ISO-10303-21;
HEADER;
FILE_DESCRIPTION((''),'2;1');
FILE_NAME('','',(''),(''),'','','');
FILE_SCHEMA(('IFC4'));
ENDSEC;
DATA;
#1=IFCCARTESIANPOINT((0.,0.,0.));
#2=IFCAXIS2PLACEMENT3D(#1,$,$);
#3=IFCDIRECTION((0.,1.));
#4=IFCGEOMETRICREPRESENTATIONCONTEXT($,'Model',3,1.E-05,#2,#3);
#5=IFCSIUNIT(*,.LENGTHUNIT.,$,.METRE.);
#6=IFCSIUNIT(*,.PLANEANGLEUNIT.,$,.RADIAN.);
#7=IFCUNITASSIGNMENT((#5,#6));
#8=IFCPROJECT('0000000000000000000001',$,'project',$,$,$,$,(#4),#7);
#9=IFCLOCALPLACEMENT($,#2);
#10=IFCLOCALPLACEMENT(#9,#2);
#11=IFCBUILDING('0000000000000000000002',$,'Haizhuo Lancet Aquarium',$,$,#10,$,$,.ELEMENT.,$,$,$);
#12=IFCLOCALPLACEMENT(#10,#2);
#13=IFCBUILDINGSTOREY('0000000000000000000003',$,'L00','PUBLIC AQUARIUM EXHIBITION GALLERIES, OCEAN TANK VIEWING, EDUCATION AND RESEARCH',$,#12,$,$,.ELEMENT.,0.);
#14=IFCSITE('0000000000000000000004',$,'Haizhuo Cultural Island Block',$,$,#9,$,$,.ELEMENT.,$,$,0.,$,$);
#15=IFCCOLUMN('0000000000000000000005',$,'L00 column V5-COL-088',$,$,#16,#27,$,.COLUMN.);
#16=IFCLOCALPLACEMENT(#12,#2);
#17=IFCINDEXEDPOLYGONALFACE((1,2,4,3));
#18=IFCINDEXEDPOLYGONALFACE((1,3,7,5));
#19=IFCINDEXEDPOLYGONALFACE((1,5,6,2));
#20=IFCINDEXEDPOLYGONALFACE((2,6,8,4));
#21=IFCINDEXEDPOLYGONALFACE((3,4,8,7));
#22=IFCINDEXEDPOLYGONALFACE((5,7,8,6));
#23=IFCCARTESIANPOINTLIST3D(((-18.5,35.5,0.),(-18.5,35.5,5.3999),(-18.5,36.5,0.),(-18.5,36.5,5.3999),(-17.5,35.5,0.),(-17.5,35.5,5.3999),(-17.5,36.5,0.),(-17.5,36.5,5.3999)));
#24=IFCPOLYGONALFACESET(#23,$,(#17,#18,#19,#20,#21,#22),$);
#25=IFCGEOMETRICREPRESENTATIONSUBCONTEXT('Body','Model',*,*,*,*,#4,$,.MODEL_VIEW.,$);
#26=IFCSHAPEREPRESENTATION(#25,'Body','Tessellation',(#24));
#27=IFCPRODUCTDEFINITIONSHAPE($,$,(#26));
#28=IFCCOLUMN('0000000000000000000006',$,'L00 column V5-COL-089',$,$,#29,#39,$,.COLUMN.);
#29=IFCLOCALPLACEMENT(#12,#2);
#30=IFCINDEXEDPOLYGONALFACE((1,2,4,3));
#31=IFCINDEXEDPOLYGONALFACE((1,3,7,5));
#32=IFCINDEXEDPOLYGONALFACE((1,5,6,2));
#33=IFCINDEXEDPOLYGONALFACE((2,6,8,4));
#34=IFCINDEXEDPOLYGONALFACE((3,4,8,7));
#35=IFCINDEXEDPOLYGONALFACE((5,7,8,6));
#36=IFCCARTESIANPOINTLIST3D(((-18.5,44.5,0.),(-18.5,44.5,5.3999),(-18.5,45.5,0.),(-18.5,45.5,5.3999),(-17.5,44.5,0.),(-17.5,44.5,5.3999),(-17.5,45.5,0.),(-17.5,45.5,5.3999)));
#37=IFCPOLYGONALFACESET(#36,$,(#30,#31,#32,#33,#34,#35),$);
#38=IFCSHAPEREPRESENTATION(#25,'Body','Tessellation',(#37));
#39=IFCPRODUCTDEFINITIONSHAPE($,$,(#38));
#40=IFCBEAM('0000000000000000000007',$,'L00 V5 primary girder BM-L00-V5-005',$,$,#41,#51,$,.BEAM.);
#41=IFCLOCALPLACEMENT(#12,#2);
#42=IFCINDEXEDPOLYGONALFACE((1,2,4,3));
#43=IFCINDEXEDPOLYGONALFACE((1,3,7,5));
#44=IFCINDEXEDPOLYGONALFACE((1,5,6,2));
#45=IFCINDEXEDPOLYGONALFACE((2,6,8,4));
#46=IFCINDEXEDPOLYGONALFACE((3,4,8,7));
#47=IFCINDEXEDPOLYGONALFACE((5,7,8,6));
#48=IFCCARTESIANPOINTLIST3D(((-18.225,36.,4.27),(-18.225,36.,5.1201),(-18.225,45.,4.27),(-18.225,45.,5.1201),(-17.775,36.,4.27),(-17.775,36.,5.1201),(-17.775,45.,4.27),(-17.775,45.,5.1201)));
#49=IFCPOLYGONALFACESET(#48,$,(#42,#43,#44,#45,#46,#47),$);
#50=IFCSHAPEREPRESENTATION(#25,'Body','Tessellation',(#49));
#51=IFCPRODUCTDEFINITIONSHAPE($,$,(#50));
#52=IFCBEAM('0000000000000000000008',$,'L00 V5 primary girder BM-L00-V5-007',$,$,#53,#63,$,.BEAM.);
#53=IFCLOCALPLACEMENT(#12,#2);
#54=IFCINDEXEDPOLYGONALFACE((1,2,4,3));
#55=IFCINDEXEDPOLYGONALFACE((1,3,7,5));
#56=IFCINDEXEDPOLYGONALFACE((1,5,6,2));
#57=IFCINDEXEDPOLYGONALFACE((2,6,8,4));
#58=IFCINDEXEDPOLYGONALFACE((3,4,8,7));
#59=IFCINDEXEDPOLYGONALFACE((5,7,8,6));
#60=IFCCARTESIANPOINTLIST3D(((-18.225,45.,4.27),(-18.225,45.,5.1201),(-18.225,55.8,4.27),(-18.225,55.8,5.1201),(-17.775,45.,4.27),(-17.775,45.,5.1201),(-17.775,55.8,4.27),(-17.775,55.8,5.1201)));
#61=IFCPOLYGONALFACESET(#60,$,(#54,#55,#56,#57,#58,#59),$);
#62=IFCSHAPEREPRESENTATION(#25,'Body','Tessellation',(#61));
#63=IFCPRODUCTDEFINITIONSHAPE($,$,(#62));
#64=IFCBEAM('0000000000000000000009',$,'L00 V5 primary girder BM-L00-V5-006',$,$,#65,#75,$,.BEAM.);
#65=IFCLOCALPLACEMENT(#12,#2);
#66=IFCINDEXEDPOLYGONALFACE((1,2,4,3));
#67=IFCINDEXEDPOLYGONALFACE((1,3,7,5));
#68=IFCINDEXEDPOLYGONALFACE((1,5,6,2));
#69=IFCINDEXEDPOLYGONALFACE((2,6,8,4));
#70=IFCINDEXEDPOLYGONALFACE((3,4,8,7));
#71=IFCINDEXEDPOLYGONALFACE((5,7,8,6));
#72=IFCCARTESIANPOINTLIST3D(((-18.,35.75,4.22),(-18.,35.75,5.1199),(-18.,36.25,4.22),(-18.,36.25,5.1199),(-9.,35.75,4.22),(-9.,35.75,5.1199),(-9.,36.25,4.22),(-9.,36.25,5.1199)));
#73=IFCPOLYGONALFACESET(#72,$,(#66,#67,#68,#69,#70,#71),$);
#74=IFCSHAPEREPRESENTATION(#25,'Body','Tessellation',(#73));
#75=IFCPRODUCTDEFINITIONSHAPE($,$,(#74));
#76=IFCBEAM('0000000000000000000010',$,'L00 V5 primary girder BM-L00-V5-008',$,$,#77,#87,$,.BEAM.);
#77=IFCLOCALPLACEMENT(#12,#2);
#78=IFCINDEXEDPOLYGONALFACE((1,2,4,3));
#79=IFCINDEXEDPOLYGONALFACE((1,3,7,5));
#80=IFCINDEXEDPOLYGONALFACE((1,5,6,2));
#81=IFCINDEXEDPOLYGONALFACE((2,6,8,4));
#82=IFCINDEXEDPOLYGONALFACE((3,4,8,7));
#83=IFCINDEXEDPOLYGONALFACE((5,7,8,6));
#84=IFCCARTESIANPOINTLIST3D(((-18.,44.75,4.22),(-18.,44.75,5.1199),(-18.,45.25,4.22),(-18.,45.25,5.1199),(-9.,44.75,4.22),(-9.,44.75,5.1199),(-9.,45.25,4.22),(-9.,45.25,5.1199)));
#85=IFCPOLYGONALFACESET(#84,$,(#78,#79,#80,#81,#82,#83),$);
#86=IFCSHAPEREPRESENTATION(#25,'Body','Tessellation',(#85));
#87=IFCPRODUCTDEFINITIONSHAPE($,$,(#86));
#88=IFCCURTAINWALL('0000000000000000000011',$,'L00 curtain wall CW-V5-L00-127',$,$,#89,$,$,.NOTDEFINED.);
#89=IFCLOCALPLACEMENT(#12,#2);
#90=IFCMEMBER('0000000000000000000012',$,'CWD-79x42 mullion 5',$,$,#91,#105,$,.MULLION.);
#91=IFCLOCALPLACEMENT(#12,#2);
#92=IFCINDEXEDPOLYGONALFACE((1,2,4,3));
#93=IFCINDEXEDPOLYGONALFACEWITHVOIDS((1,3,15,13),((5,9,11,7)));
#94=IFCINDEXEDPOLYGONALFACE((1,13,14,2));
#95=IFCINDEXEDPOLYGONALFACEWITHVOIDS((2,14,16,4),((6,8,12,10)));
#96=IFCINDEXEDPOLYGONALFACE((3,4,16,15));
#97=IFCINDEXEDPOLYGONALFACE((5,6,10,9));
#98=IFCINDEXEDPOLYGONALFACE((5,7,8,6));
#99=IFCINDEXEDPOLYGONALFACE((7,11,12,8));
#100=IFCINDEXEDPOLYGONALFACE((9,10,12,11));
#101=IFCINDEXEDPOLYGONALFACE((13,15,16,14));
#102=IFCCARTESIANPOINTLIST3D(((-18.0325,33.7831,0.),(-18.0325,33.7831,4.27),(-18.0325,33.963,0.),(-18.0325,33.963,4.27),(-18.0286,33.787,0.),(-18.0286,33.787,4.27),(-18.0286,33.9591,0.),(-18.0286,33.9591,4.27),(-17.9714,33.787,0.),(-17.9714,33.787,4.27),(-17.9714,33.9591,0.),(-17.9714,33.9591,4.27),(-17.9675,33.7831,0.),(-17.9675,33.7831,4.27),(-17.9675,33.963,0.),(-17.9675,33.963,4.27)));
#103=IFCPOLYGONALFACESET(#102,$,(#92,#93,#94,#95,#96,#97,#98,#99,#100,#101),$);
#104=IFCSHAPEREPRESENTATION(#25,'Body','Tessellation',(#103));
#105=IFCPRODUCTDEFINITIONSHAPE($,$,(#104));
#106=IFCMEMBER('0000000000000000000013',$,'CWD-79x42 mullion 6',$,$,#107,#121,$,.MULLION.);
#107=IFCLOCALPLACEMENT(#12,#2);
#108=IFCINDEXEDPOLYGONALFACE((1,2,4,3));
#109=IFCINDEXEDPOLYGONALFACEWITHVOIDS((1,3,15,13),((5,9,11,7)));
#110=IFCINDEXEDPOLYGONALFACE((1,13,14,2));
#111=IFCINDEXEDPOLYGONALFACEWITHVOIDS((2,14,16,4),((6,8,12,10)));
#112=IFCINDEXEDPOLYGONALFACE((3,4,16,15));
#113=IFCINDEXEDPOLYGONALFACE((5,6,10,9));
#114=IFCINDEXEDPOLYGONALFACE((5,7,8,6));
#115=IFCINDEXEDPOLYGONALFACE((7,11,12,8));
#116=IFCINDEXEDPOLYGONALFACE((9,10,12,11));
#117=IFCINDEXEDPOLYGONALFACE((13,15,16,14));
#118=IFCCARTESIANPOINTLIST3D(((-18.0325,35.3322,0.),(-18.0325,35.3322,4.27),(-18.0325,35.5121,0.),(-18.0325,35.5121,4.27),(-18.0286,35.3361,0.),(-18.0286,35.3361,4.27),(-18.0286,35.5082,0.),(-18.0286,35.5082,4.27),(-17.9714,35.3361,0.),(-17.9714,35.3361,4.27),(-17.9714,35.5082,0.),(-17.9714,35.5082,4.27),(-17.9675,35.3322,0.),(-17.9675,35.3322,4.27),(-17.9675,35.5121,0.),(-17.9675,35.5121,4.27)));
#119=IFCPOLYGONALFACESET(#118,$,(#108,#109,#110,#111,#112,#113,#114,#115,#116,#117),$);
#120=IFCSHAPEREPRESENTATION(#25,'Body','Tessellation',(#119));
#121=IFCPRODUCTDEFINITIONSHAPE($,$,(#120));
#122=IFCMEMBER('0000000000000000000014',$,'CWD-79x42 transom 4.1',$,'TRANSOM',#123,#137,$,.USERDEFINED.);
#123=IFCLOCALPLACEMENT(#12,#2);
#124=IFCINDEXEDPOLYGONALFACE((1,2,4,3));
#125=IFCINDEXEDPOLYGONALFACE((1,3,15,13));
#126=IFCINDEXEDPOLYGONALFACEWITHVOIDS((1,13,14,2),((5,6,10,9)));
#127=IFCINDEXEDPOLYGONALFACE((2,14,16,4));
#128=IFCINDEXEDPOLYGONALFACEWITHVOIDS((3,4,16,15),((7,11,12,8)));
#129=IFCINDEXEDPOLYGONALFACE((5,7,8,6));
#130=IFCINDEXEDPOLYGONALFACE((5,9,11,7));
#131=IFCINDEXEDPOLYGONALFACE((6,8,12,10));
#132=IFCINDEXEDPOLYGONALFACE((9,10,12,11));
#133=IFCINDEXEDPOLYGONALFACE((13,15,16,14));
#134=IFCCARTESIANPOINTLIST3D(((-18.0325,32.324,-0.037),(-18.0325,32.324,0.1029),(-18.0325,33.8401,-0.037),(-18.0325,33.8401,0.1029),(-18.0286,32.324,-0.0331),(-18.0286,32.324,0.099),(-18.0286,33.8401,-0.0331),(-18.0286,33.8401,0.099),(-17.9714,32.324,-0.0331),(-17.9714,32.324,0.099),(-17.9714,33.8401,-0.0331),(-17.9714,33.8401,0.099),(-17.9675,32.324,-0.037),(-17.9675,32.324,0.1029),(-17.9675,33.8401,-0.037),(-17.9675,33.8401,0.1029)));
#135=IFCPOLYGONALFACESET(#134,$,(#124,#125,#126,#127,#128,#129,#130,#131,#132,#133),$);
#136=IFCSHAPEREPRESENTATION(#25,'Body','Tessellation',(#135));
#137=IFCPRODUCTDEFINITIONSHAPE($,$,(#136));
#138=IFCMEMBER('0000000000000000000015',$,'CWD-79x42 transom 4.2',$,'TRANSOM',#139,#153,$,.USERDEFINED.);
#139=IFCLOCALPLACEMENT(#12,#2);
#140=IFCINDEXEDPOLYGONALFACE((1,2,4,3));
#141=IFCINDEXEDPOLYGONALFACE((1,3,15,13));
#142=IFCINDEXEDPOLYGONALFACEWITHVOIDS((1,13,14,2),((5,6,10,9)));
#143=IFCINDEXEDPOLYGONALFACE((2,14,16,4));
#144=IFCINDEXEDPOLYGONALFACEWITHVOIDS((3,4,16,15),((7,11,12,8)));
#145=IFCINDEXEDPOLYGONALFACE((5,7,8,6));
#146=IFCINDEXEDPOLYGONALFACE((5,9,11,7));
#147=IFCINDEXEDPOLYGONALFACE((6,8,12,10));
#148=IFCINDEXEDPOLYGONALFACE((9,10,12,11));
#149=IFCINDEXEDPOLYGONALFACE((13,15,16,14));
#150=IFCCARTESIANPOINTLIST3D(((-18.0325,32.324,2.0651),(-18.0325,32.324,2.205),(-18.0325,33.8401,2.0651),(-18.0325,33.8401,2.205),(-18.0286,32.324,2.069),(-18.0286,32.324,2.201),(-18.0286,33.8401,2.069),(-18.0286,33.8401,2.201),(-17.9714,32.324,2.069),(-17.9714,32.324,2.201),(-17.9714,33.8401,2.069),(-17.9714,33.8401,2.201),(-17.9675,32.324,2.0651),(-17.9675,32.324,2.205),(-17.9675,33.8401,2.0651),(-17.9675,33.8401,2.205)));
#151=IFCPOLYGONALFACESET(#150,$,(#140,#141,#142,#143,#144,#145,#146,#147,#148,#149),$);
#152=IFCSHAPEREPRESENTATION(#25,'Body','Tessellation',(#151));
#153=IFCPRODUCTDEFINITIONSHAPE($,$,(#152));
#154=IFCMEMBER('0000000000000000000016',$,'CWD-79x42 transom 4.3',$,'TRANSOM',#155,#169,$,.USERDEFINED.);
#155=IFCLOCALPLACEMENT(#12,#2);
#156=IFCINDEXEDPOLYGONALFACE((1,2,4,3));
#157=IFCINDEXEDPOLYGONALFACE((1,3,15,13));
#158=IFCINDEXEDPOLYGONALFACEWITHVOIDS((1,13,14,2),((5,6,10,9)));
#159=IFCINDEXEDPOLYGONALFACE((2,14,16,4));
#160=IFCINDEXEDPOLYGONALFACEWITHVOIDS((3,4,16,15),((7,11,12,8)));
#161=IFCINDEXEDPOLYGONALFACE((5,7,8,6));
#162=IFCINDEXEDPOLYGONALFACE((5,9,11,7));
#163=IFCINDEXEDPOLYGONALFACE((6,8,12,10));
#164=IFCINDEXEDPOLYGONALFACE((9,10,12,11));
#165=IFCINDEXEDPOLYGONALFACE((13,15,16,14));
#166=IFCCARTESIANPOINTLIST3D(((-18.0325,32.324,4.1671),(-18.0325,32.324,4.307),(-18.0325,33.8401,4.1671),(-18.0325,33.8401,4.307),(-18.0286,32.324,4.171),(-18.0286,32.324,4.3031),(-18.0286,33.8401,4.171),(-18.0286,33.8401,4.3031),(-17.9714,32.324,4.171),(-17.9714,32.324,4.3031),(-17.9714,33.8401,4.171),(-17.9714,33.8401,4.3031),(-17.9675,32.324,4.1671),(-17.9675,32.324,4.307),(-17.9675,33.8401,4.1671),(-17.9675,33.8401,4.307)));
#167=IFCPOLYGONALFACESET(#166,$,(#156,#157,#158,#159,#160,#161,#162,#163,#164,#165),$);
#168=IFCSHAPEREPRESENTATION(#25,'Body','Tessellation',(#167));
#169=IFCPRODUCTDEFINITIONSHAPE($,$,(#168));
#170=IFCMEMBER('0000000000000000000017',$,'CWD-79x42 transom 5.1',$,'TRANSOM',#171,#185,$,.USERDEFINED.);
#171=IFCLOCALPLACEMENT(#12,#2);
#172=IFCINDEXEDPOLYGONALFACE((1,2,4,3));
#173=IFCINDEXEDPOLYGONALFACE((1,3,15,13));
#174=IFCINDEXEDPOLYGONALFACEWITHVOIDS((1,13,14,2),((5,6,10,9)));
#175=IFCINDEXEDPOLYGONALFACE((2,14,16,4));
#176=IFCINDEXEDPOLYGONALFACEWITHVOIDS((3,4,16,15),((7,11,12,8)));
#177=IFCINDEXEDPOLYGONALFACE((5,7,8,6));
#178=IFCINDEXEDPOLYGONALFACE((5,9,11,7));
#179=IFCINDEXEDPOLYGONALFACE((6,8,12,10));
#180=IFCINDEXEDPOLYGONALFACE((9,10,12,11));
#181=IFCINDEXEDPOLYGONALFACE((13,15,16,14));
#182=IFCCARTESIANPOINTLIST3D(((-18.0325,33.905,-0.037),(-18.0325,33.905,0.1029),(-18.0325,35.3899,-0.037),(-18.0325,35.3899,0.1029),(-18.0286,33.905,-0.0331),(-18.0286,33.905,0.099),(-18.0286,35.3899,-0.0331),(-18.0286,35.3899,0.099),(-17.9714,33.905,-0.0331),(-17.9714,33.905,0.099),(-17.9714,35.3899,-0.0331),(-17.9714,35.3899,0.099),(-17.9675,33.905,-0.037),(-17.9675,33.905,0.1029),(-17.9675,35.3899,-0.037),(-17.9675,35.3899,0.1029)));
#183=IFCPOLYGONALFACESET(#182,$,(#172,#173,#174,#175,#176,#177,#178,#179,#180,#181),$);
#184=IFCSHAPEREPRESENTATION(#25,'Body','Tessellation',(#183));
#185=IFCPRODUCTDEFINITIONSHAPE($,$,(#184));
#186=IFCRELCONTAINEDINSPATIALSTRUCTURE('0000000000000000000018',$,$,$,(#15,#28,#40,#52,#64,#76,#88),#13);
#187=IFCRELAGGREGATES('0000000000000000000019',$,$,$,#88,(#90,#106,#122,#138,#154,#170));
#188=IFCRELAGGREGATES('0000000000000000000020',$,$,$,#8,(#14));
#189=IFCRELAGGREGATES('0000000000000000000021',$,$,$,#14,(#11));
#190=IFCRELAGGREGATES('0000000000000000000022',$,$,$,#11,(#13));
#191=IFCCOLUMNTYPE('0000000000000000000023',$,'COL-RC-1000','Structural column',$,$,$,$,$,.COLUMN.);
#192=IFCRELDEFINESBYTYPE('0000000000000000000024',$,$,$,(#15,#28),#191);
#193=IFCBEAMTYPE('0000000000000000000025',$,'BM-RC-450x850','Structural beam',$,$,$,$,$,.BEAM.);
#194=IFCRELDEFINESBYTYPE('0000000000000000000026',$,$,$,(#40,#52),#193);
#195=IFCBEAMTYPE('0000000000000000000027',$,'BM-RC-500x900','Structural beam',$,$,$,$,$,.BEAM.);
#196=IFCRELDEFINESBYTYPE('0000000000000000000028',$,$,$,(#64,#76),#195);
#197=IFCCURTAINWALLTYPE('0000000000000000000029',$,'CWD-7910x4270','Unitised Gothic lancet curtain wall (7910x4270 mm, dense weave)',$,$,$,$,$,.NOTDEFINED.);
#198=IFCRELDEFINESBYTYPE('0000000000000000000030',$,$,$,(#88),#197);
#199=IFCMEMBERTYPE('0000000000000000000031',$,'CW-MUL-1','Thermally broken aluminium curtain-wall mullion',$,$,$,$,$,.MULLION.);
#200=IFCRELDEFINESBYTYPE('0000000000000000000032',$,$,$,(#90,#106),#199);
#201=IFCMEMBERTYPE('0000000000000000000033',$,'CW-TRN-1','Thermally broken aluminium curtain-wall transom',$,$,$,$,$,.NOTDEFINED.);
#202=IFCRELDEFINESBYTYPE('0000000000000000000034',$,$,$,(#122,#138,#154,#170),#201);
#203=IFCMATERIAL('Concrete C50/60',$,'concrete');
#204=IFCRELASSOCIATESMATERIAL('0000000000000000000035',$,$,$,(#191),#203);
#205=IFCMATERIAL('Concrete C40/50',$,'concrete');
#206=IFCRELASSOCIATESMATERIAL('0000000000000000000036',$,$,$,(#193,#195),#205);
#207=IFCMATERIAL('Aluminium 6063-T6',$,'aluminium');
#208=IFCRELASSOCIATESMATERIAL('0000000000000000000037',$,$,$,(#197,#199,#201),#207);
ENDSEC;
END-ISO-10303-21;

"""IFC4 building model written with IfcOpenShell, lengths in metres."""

from ifc_helpers import new_model, si_unit, direction, frame, origin, origin_2d, place, context, subcontext, project, spatial, rectangle, hollow_rectangle, extrude, material, material_profile, profile_set, type_object, element, aggregate, save


model = new_model("IFC4")

# Units and contexts
model_context = context("Model", 3, precision=1e-05, world=origin(), true_north=direction((0.0, 1.0)))
body_context = subcontext(model_context, "Body", "Model", "MODEL_VIEW")
ifc_project = project(units=[si_unit("LENGTHUNIT", "METRE"), si_unit("PLANEANGLEUNIT", "RADIAN")], contexts=[model_context])

# Site, building, storey
site_placement = place(None, origin())
site = spatial("IfcSite", under=ifc_project, at=site_placement, Name="Haizhuo Cultural Island Block", CompositionType="ELEMENT", RefElevation=0.0)
building_placement = place(site_placement, origin())
building = spatial("IfcBuilding", under=site, at=building_placement, Name="Haizhuo Lancet Aquarium", CompositionType="ELEMENT")
storey_placement = place(building_placement, origin())
storey = spatial("IfcBuildingStorey", under=building, at=storey_placement, Name="L00", Description="PUBLIC AQUARIUM EXHIBITION GALLERIES, OCEAN TANK VIEWING, EDUCATION AND RESEARCH", CompositionType="ELEMENT", Elevation=0.0)

# Columns
ifc_material_1 = material(Name="Concrete C50/60", Category="concrete")
ifc_material_profile_1 = material_profile(ifc_material_1, rectangle(XDim=1.0, YDim=1.0, at=origin_2d()), Name="RC-COL 1000x1000")
ifc_profile_set_1 = profile_set([ifc_material_profile_1], Name="Concrete C50/60")
column_type = type_object("IfcColumnType", Name="COL-RC-1000", Description="Structural column", PredefinedType="COLUMN", material=ifc_profile_set_1)
for number, where, z_axis, x_axis, name in (
    (1, (-18.0, 36.0, 0.0), (0.0, 0.0, 1.0), (1.0, 0.0, 0.0), "L00 column V5-COL-088"),
    (2, (-18.0, 45.0, 0.0), (0.0, 0.0, 1.0), (1.0, 0.0, 0.0), "L00 column V5-COL-089"),
):
    element("IfcColumn", number, at=place(storey_placement, frame(where, z_axis=z_axis, x_axis=x_axis)), inside=storey, type_object=column_type, Name=name, PredefinedType="COLUMN", context=body_context, shape_type="SweptSolid", body=[
        extrude(rectangle(XDim=1.0, YDim=1.0, at=origin_2d()), origin(), (0.0, 0.0, 1.0), 5.3999),
    ])

# Beams
ifc_material_2 = material(Name="Concrete C40/50", Category="concrete")
ifc_material_profile_2 = material_profile(ifc_material_2, rectangle(XDim=0.45, YDim=0.8501, at=origin_2d()), Name="RC-BM 450x850")
ifc_profile_set_2 = profile_set([ifc_material_profile_2], Name="Concrete C40/50")
beam_type_1 = type_object("IfcBeamType", Name="BM-RC-450x850", Description="Structural beam", PredefinedType="BEAM", material=ifc_profile_set_2)
beam_1_placement = place(storey_placement, frame((-18.0, 36.0, 4.6951), z_axis=(0.0, 1.0, 0.0), x_axis=(-1.0, 0.0, 0.0)))
element("IfcBeam", 3, at=beam_1_placement, inside=storey, type_object=beam_type_1, Name="L00 V5 primary girder BM-L00-V5-005", PredefinedType="BEAM", context=body_context, shape_type="SweptSolid", body=[
    extrude(rectangle(XDim=0.45, YDim=0.8501, at=origin_2d()), origin(), (0.0, 0.0, 1.0), 9.0),
])
beam_2_placement = place(storey_placement, frame((-18.0, 45.0, 4.6951), z_axis=(0.0, 1.0, 0.0), x_axis=(-1.0, 0.0, 0.0)))
element("IfcBeam", 4, at=beam_2_placement, inside=storey, type_object=beam_type_1, Name="L00 V5 primary girder BM-L00-V5-007", PredefinedType="BEAM", context=body_context, shape_type="SweptSolid", body=[
    extrude(rectangle(XDim=0.45, YDim=0.8501, at=origin_2d()), origin(), (0.0, 0.0, 1.0), 10.8),
])
ifc_material_profile_3 = material_profile(ifc_material_2, rectangle(XDim=0.5, YDim=0.8999, at=origin_2d()), Name="RC-BM 500x900")
ifc_profile_set_3 = profile_set([ifc_material_profile_3], Name="Concrete C40/50")
beam_type_2 = type_object("IfcBeamType", Name="BM-RC-500x900", Description="Structural beam", PredefinedType="BEAM", material=ifc_profile_set_3)
for number, where, z_axis, x_axis, name in (
    (5, (-18.0, 36.0, 4.6699), (1.0, 0.0, 0.0), (0.0, 1.0, 0.0), "L00 V5 primary girder BM-L00-V5-006"),
    (6, (-18.0, 45.0, 4.6699), (1.0, 0.0, 0.0), (0.0, 1.0, 0.0), "L00 V5 primary girder BM-L00-V5-008"),
):
    element("IfcBeam", number, at=place(storey_placement, frame(where, z_axis=z_axis, x_axis=x_axis)), inside=storey, type_object=beam_type_2, Name=name, PredefinedType="BEAM", context=body_context, shape_type="SweptSolid", body=[
        extrude(rectangle(XDim=0.5, YDim=0.8999, at=origin_2d()), origin(), (0.0, 0.0, 1.0), 9.0),
    ])

# Curtain wall, members
ifc_material_3 = material(Name="Aluminium 6063-T6", Category="aluminium")
curtain_wall_type = type_object("IfcCurtainWallType", Name="CWD-7910x4270", Description="Unitised Gothic lancet curtain wall (7910x4270 mm, dense weave)", PredefinedType="NOTDEFINED", material=ifc_material_3)
curtain_wall_placement = place(storey_placement, origin())
curtain_wall = element("IfcCurtainWall", 7, at=curtain_wall_placement, inside=storey, type_object=curtain_wall_type, Name="L00 curtain wall CW-V5-L00-127", PredefinedType="NOTDEFINED")
ifc_material_profile_4 = material_profile(ifc_material_3, hollow_rectangle(XDim=0.0649, YDim=0.1799, WallThickness=0.0039, at=origin_2d()), Name="ALU-M 65x180x4")
ifc_profile_set_4 = profile_set([ifc_material_profile_4], Name="Aluminium 6063-T6")
member_type_1 = type_object("IfcMemberType", Name="CW-MUL-1", Description="Thermally broken aluminium curtain-wall mullion", PredefinedType="MULLION", material=ifc_profile_set_4)
member_1_placement = place(storey_placement, frame((-18.0, 33.873, 0.0), z_axis=(0.0, 0.0, 1.0), x_axis=(-1.0, 0.0, 0.0)))
member_1 = element("IfcMember", 8, at=member_1_placement, type_object=member_type_1, Name="CWD-79x42 mullion 5", PredefinedType="MULLION", context=body_context, shape_type="SweptSolid", body=[
    extrude(hollow_rectangle(XDim=0.0649, YDim=0.1799, WallThickness=0.0039, at=origin_2d()), origin(), (0.0, 0.0, 1.0), 4.27),
])
member_2_placement = place(storey_placement, frame((-18.0, 35.4221, 0.0), z_axis=(0.0, 0.0, 1.0), x_axis=(-1.0, 0.0, 0.0)))
member_2 = element("IfcMember", 9, at=member_2_placement, type_object=member_type_1, Name="CWD-79x42 mullion 6", PredefinedType="MULLION", context=body_context, shape_type="SweptSolid", body=[
    extrude(hollow_rectangle(XDim=0.0649, YDim=0.1799, WallThickness=0.0039, at=origin_2d()), origin(), (0.0, 0.0, 1.0), 4.27),
])
ifc_material_profile_5 = material_profile(ifc_material_3, hollow_rectangle(XDim=0.0649, YDim=0.1399, WallThickness=0.0039, at=origin_2d()), Name="ALU-T 65x140x4")
ifc_profile_set_5 = profile_set([ifc_material_profile_5], Name="Aluminium 6063-T6")
member_type_2 = type_object("IfcMemberType", Name="CW-TRN-1", Description="Thermally broken aluminium curtain-wall transom", PredefinedType="NOTDEFINED", material=ifc_profile_set_5)
member_3_placement = place(storey_placement, frame((-18.0, 32.324, 0.033), z_axis=(0.0, 1.0, 0.0), x_axis=(-1.0, 0.0, 0.0)))
member_3 = element("IfcMember", 10, at=member_3_placement, type_object=member_type_2, Name="CWD-79x42 transom 4.1", ObjectType="TRANSOM", PredefinedType="USERDEFINED", context=body_context, shape_type="SweptSolid", body=[
    extrude(hollow_rectangle(XDim=0.0649, YDim=0.1399, WallThickness=0.0039, at=origin_2d()), origin(), (0.0, 0.0, 1.0), 1.5161),
])
member_4_placement = place(storey_placement, frame((-18.0, 32.324, 2.135), z_axis=(0.0, 1.0, 0.0), x_axis=(-1.0, 0.0, 0.0)))
member_4 = element("IfcMember", 11, at=member_4_placement, type_object=member_type_2, Name="CWD-79x42 transom 4.2", ObjectType="TRANSOM", PredefinedType="USERDEFINED", context=body_context, shape_type="SweptSolid", body=[
    extrude(hollow_rectangle(XDim=0.0649, YDim=0.1399, WallThickness=0.0039, at=origin_2d()), origin(), (0.0, 0.0, 1.0), 1.5161),
])
member_5_placement = place(storey_placement, frame((-18.0, 32.324, 4.2371), z_axis=(0.0, 1.0, 0.0), x_axis=(-1.0, 0.0, 0.0)))
member_5 = element("IfcMember", 12, at=member_5_placement, type_object=member_type_2, Name="CWD-79x42 transom 4.3", ObjectType="TRANSOM", PredefinedType="USERDEFINED", context=body_context, shape_type="SweptSolid", body=[
    extrude(hollow_rectangle(XDim=0.0649, YDim=0.1399, WallThickness=0.0039, at=origin_2d()), origin(), (0.0, 0.0, 1.0), 1.5161),
])
member_6_placement = place(storey_placement, frame((-18.0, 33.905, 0.033), z_axis=(0.0, 1.0, 0.0), x_axis=(-1.0, 0.0, 0.0)))
member_6 = element("IfcMember", 13, at=member_6_placement, type_object=member_type_2, Name="CWD-79x42 transom 5.1", ObjectType="TRANSOM", PredefinedType="USERDEFINED", context=body_context, shape_type="SweptSolid", body=[
    extrude(hollow_rectangle(XDim=0.0649, YDim=0.1399, WallThickness=0.0039, at=origin_2d()), origin(), (0.0, 0.0, 1.0), 1.4849),
])

aggregate(curtain_wall, [member_1, member_2, member_3, member_4, member_5, member_6])

save(model, "model.ifc")
